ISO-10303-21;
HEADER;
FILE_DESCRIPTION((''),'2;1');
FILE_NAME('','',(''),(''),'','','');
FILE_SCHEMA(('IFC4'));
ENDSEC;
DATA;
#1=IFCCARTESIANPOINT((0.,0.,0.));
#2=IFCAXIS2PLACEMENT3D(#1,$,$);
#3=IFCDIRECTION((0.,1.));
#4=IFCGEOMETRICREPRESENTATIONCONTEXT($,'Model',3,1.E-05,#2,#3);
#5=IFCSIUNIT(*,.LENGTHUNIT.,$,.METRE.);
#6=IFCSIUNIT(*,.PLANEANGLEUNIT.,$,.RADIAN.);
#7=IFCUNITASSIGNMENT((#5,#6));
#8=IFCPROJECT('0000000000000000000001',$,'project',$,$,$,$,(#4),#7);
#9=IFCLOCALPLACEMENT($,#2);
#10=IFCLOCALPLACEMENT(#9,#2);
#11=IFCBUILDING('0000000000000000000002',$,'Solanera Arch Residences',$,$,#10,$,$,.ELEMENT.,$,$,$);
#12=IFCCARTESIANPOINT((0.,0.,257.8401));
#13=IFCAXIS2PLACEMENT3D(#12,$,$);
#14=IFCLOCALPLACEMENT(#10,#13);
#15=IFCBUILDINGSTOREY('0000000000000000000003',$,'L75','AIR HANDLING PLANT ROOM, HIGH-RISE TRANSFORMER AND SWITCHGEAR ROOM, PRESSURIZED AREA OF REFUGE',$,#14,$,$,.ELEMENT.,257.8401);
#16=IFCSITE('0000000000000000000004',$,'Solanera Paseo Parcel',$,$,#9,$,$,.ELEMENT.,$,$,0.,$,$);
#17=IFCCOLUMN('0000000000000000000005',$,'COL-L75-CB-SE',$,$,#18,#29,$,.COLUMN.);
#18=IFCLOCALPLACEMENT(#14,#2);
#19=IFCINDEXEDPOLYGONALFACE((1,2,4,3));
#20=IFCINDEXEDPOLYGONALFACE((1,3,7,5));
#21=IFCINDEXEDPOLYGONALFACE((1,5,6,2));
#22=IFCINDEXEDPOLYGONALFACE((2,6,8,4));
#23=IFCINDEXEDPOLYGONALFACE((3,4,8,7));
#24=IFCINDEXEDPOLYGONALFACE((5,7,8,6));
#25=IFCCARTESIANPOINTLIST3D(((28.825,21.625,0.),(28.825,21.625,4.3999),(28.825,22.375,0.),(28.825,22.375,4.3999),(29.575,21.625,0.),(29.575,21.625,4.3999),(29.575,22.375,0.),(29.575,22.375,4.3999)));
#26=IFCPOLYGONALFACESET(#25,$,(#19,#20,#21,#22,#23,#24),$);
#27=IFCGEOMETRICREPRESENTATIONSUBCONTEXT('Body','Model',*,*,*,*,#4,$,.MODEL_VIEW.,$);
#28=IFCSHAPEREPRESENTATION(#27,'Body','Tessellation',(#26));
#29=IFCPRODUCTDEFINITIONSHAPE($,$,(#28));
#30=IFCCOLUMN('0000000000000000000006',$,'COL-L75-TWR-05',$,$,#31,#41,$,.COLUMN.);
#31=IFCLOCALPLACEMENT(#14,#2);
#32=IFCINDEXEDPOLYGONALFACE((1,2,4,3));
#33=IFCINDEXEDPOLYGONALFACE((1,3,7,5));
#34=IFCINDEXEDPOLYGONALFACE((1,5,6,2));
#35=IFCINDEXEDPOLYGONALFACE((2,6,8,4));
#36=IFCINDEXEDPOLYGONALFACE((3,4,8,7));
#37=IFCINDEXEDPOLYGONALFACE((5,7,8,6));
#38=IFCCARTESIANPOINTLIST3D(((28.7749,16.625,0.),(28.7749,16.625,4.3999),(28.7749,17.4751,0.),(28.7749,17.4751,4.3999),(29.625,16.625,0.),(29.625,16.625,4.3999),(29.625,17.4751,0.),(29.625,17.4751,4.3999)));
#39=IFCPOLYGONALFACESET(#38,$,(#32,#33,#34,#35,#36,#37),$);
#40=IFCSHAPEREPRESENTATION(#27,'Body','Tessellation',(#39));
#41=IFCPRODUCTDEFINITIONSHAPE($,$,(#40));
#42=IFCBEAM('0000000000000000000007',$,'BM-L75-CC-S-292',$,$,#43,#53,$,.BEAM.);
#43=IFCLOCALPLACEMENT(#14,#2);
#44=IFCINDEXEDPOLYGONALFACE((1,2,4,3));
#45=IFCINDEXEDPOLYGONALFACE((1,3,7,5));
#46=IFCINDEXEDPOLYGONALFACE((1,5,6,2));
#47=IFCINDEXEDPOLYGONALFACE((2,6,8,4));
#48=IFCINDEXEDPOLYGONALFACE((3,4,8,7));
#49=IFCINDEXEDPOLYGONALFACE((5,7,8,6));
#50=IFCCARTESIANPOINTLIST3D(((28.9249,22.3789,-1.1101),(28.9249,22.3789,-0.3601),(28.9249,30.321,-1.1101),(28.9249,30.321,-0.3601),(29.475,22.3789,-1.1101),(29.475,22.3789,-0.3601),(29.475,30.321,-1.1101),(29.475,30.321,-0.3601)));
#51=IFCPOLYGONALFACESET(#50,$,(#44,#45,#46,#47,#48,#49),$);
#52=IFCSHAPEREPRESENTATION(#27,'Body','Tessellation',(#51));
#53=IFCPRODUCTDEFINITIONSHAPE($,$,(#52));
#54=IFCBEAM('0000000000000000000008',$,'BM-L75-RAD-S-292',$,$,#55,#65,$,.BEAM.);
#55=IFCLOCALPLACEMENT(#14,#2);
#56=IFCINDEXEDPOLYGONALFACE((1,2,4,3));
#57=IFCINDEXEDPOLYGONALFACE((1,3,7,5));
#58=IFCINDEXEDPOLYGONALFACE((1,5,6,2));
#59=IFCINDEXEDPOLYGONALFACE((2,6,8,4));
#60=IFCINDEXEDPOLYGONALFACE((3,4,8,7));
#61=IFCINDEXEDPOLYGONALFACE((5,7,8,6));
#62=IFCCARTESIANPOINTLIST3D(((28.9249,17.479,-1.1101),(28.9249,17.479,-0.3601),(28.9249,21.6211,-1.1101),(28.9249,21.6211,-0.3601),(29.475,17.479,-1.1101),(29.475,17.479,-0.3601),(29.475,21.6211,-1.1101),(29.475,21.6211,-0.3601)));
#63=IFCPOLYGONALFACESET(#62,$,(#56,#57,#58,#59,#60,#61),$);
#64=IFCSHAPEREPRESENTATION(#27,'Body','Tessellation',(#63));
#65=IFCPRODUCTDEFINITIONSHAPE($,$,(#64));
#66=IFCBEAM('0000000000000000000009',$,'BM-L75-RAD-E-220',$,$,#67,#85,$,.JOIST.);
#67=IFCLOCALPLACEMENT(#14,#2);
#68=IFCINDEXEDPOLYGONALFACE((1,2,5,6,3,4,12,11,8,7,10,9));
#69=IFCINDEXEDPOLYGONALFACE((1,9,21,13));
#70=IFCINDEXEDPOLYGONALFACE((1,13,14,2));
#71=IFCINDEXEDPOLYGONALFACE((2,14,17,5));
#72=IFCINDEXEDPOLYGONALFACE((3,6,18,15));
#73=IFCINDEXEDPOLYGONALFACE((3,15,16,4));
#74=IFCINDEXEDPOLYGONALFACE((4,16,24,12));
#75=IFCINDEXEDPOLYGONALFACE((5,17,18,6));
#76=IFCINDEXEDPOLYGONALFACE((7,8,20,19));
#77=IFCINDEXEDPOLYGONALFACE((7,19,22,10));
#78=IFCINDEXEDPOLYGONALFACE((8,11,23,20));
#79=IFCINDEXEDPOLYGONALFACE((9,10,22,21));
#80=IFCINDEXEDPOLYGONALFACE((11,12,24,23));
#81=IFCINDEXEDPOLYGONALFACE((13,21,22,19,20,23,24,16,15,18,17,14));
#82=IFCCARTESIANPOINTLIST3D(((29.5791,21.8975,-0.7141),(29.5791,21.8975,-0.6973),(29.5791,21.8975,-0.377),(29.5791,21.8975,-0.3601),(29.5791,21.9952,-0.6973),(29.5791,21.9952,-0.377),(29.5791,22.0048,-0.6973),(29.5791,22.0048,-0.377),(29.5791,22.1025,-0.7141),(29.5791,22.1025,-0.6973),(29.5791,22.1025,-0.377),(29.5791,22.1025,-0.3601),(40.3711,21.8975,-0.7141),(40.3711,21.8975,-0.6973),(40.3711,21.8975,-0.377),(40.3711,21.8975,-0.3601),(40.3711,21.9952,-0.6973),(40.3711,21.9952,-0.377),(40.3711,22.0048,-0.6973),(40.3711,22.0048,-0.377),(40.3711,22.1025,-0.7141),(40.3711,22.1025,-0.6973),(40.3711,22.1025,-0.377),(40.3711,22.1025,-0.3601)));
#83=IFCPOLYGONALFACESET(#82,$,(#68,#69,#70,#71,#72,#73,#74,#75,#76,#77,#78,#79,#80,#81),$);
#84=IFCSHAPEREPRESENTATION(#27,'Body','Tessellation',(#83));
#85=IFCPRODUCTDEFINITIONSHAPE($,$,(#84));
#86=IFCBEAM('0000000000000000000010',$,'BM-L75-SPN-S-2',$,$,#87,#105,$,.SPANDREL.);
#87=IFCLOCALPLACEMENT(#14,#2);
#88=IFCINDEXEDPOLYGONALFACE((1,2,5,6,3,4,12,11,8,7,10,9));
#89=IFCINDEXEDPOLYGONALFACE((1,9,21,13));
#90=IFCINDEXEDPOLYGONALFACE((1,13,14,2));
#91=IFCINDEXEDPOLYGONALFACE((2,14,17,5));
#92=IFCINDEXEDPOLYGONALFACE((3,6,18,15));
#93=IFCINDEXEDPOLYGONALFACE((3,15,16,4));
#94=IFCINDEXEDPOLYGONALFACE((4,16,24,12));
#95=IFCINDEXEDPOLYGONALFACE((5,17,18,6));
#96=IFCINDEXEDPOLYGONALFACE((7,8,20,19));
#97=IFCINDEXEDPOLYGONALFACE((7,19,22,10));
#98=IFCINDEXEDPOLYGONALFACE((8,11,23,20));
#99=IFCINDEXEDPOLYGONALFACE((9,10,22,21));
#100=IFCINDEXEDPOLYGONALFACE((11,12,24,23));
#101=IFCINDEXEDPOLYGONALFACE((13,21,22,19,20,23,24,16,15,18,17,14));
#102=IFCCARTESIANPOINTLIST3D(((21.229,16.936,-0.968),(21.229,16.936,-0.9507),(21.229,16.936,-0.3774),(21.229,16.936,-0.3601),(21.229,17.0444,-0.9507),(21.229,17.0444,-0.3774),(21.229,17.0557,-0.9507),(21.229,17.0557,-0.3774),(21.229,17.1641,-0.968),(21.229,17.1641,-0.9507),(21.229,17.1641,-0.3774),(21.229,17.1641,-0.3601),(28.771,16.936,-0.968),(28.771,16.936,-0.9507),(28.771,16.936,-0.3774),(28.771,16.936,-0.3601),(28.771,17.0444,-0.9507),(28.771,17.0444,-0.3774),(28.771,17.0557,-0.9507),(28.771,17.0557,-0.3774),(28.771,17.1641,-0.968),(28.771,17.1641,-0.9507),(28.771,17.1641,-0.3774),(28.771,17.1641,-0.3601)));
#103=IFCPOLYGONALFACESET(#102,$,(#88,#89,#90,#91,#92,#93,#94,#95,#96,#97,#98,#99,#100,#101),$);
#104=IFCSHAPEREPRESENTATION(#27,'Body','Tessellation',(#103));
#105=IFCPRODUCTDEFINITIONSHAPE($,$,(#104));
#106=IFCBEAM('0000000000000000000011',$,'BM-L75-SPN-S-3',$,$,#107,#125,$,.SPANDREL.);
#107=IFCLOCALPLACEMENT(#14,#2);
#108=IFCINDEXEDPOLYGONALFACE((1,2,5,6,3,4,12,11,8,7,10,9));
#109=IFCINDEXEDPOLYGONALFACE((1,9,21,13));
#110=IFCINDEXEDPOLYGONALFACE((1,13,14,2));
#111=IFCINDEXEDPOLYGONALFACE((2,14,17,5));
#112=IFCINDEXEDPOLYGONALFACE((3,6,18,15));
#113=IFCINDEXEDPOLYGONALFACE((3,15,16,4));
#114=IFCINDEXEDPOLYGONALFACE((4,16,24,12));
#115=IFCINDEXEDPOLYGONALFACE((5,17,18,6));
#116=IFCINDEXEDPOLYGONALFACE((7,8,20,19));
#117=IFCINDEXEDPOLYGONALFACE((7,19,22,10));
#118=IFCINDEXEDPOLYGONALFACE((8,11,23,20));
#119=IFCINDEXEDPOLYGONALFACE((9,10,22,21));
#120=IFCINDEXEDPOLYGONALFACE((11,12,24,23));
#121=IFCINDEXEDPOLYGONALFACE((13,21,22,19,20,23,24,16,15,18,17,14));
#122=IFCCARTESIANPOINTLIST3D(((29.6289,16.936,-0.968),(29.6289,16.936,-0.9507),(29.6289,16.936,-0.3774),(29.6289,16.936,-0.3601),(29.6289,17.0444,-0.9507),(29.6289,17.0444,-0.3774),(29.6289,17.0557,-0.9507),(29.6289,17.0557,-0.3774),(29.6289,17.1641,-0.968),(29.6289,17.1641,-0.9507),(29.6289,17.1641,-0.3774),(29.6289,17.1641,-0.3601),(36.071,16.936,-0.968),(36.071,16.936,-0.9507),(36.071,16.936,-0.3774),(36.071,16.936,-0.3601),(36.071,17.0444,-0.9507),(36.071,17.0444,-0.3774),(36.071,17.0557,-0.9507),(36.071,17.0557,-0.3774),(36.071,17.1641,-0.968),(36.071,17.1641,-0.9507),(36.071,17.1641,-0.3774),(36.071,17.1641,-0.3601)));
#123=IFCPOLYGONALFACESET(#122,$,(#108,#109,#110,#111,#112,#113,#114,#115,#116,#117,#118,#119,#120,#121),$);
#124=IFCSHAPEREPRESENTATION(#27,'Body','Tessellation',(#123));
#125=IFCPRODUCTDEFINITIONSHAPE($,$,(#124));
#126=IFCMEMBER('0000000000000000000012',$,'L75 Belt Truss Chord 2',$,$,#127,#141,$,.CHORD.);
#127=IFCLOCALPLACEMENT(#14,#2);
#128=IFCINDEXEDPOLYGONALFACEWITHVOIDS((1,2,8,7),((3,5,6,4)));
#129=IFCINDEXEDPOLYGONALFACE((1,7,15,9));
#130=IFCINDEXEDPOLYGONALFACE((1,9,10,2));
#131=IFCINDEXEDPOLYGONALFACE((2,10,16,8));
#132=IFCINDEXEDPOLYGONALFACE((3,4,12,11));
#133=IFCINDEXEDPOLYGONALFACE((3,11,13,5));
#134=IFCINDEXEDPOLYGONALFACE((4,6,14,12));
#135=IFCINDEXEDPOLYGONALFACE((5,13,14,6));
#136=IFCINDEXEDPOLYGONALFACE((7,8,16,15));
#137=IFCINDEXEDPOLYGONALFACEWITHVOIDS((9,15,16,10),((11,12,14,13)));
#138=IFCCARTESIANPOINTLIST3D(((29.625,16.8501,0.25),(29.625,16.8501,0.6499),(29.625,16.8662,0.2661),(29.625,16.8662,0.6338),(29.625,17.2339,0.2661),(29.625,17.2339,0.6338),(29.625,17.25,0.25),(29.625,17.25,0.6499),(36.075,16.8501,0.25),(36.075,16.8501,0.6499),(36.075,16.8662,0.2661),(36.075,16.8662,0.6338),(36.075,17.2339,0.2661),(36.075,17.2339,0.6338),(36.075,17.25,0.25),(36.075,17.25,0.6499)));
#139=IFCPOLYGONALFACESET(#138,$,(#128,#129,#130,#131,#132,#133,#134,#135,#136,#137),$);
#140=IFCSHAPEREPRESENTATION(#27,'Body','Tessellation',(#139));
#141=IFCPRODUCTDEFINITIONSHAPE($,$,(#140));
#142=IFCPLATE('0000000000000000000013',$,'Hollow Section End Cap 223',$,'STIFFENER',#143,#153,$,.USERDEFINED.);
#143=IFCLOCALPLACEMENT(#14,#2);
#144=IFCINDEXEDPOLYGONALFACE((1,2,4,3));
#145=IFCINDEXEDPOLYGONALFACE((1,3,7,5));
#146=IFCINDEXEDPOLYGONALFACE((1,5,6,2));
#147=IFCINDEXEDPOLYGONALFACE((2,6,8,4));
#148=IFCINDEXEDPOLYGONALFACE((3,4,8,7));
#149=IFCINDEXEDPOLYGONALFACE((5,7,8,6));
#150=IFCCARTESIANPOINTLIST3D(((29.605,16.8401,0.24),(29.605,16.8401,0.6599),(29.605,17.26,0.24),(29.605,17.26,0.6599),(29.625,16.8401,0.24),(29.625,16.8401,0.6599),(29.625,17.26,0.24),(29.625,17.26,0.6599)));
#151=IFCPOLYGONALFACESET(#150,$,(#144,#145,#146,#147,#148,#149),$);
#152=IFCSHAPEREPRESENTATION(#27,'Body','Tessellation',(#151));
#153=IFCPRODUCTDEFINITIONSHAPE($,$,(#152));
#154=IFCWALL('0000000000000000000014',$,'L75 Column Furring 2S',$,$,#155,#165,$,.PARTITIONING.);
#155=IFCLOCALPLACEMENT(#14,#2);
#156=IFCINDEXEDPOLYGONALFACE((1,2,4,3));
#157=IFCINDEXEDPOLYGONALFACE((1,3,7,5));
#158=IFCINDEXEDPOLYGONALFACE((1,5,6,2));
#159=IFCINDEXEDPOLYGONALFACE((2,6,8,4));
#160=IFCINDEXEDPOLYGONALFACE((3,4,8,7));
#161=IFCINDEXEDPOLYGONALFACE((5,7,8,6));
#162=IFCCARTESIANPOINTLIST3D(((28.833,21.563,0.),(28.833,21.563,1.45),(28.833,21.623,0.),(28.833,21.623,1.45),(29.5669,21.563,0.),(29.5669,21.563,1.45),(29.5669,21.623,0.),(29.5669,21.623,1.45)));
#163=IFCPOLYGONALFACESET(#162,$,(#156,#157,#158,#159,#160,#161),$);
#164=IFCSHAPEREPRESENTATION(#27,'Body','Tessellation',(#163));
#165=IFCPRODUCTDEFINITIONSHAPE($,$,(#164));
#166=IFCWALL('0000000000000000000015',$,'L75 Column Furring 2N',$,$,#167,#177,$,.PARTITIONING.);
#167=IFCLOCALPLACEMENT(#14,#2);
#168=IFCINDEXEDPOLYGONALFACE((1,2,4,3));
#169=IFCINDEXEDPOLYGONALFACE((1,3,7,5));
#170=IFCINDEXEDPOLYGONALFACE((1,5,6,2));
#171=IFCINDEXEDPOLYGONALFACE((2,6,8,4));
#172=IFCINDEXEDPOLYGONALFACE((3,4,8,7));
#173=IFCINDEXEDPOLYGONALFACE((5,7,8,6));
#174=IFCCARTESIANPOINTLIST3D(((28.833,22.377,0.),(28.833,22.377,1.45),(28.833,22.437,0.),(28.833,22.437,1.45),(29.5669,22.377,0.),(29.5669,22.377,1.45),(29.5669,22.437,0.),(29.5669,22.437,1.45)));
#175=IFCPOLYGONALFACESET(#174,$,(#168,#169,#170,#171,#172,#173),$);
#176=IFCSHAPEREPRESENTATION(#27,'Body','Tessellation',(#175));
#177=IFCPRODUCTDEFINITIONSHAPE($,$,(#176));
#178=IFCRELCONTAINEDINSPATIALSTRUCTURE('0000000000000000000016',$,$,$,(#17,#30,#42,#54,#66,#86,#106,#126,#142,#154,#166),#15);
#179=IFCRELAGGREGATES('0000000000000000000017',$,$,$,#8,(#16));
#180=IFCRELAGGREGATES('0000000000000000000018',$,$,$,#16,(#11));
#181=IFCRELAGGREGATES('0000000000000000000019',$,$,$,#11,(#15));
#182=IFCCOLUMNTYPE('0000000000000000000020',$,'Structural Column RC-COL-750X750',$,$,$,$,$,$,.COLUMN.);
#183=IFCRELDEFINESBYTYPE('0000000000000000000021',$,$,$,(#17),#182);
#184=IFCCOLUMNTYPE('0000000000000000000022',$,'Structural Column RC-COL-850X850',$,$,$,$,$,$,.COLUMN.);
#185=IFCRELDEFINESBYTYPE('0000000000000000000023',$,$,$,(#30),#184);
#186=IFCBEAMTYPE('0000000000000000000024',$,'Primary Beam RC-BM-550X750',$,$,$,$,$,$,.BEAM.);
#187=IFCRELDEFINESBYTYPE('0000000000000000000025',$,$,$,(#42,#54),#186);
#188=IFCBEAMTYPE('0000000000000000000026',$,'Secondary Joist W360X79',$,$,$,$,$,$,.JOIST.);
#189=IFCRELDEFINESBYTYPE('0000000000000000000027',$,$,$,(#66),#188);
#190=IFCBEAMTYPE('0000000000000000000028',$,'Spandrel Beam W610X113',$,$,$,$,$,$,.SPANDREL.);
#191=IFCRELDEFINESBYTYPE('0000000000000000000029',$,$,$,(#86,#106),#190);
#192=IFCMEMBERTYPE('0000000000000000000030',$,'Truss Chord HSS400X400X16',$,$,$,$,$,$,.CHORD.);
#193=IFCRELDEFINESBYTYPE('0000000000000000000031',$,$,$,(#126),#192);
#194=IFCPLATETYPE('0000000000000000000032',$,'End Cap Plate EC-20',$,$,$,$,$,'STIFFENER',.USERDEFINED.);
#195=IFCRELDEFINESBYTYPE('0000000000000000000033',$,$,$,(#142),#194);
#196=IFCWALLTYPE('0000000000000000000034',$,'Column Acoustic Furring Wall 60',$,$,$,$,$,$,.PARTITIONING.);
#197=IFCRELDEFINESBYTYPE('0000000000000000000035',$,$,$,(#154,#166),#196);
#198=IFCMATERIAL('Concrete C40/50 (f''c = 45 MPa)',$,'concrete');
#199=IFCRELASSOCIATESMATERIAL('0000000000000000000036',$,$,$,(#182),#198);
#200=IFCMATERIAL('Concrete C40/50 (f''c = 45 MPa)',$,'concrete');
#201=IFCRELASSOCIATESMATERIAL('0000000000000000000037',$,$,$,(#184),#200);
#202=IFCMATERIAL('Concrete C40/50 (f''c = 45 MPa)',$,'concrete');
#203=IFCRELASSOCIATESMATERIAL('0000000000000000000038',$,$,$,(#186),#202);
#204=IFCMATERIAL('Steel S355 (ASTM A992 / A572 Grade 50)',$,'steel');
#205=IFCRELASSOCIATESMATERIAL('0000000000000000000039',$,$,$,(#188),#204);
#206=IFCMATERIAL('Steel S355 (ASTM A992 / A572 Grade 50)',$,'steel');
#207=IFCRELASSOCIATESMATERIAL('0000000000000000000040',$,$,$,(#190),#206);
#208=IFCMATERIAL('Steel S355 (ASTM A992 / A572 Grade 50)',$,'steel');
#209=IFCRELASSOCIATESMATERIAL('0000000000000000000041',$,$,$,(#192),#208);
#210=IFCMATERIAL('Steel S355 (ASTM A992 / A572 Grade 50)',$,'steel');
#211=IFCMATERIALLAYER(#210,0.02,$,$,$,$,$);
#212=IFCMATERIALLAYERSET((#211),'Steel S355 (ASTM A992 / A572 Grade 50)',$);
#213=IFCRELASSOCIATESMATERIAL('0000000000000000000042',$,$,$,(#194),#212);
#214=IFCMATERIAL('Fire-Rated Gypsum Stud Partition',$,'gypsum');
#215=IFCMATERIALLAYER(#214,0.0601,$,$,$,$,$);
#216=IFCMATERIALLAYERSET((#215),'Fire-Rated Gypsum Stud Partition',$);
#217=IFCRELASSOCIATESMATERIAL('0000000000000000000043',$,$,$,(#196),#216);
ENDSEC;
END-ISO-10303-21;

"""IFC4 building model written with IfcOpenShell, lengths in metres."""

from ifc_helpers import new_model, si_unit, direction, frame, frame_2d, origin, origin_2d, place, context, subcontext, project, spatial, rectangle, hollow_rectangle, i_section, extrude, material, layer, layer_set, material_profile, profile_set, type_object, element, save


model = new_model("IFC4")

# Units and contexts
model_context = context("Model", 3, precision=1e-05, world=origin(), true_north=direction((0.0, 1.0)))
body_context = subcontext(model_context, "Body", "Model", "MODEL_VIEW")
ifc_project = project(units=[si_unit("LENGTHUNIT", "METRE"), si_unit("PLANEANGLEUNIT", "RADIAN")], contexts=[model_context])

# Site, building, storey
site_placement = place(None, origin())
site = spatial("IfcSite", under=ifc_project, at=site_placement, Name="Solanera Paseo Parcel", CompositionType="ELEMENT", RefElevation=0.0)
building_placement = place(site_placement, origin())
building = spatial("IfcBuilding", under=site, at=building_placement, Name="Solanera Arch Residences", CompositionType="ELEMENT")
storey_placement = place(building_placement, frame((0.0, 0.0, 257.8401)))
storey = spatial("IfcBuildingStorey", under=building, at=storey_placement, Name="L75", Description="AIR HANDLING PLANT ROOM, HIGH-RISE TRANSFORMER AND SWITCHGEAR ROOM, PRESSURIZED AREA OF REFUGE", CompositionType="ELEMENT", Elevation=257.8401)

# Columns
ifc_material_1 = material(Name="Concrete C40/50 (f'c = 45 MPa)", Category="concrete")
ifc_material_profile_1 = material_profile(ifc_material_1, rectangle(XDim=0.75, YDim=0.75, at=origin_2d()))
ifc_profile_set_1 = profile_set([ifc_material_profile_1], Name="Concrete C40/50 (f'c = 45 MPa)")
column_type_1 = type_object("IfcColumnType", Name="Structural Column RC-COL-750X750", PredefinedType="COLUMN", material=ifc_profile_set_1)
column_1_placement = place(storey_placement, frame((29.2, 22.0, 0.0), z_axis=(0.0, 0.0, 1.0), x_axis=(1.0, 0.0, 0.0)))
element("IfcColumn", 1, at=column_1_placement, inside=storey, type_object=column_type_1, Name="COL-L75-CB-SE", PredefinedType="COLUMN", context=body_context, shape_type="SweptSolid", body=[
    extrude(rectangle(XDim=0.75, YDim=0.75, at=origin_2d()), origin(), (0.0, 0.0, 1.0), 4.3999),
])
ifc_material_2 = material(Name="Concrete C40/50 (f'c = 45 MPa)", Category="concrete")
ifc_material_profile_2 = material_profile(ifc_material_2, rectangle(XDim=0.8501, YDim=0.8501, at=origin_2d()))
ifc_profile_set_2 = profile_set([ifc_material_profile_2], Name="Concrete C40/50 (f'c = 45 MPa)")
column_type_2 = type_object("IfcColumnType", Name="Structural Column RC-COL-850X850", PredefinedType="COLUMN", material=ifc_profile_set_2)
column_2_placement = place(storey_placement, frame((29.2, 17.05, 0.0), z_axis=(0.0, 0.0, 1.0), x_axis=(1.0, 0.0, 0.0)))
element("IfcColumn", 2, at=column_2_placement, inside=storey, type_object=column_type_2, Name="COL-L75-TWR-05", PredefinedType="COLUMN", context=body_context, shape_type="SweptSolid", body=[
    extrude(rectangle(XDim=0.8501, YDim=0.8501, at=origin_2d()), origin(), (0.0, 0.0, 1.0), 4.3999),
])

# Beams
ifc_material_3 = material(Name="Concrete C40/50 (f'c = 45 MPa)", Category="concrete")
ifc_material_profile_3 = material_profile(ifc_material_3, rectangle(XDim=0.55, YDim=0.75, at=origin_2d()))
ifc_profile_set_3 = profile_set([ifc_material_profile_3], Name="Concrete C40/50 (f'c = 45 MPa)")
beam_type_1 = type_object("IfcBeamType", Name="Primary Beam RC-BM-550X750", PredefinedType="BEAM", material=ifc_profile_set_3)
beam_1_placement = place(storey_placement, frame((29.2, 22.3789, -0.7351), z_axis=(0.0, 1.0, 0.0), x_axis=(-1.0, 0.0, 0.0)))
element("IfcBeam", 3, at=beam_1_placement, inside=storey, type_object=beam_type_1, Name="BM-L75-CC-S-292", PredefinedType="BEAM", context=body_context, shape_type="SweptSolid", body=[
    extrude(rectangle(XDim=0.55, YDim=0.75, at=origin_2d()), origin(), (0.0, 0.0, 1.0), 7.9421),
])
beam_2_placement = place(storey_placement, frame((29.2, 17.479, -0.7351), z_axis=(0.0, 1.0, 0.0), x_axis=(-1.0, 0.0, 0.0)))
element("IfcBeam", 4, at=beam_2_placement, inside=storey, type_object=beam_type_1, Name="BM-L75-RAD-S-292", PredefinedType="BEAM", context=body_context, shape_type="SweptSolid", body=[
    extrude(rectangle(XDim=0.55, YDim=0.75, at=origin_2d()), origin(), (0.0, 0.0, 1.0), 4.1421),
])
ifc_material_4 = material(Name="Steel S355 (ASTM A992 / A572 Grade 50)", Category="steel")
ifc_material_profile_4 = material_profile(ifc_material_4, i_section(OverallWidth=0.2051, OverallDepth=0.354, WebThickness=0.0095, FlangeThickness=0.0168, at=origin_2d()))
ifc_profile_set_4 = profile_set([ifc_material_profile_4], Name="Steel S355 (ASTM A992 / A572 Grade 50)")
beam_type_2 = type_object("IfcBeamType", Name="Secondary Joist W360X79", PredefinedType="JOIST", material=ifc_profile_set_4)
beam_3_placement = place(storey_placement, frame((29.5791, 22.0, -0.5371), z_axis=(1.0, 0.0, 0.0), x_axis=(0.0, 1.0, 0.0)))
element("IfcBeam", 5, at=beam_3_placement, inside=storey, type_object=beam_type_2, Name="BM-L75-RAD-E-220", PredefinedType="JOIST", context=body_context, shape_type="SweptSolid", body=[
    extrude(i_section(OverallWidth=0.2051, OverallDepth=0.354, WebThickness=0.0095, FlangeThickness=0.0168, at=origin_2d()), origin(), (0.0, 0.0, 1.0), 10.792),
])
ifc_material_5 = material(Name="Steel S355 (ASTM A992 / A572 Grade 50)", Category="steel")
ifc_material_profile_5 = material_profile(ifc_material_5, i_section(OverallWidth=0.228, OverallDepth=0.6079, WebThickness=0.0112, FlangeThickness=0.0173, at=origin_2d()))
ifc_profile_set_5 = profile_set([ifc_material_profile_5], Name="Steel S355 (ASTM A992 / A572 Grade 50)")
beam_type_3 = type_object("IfcBeamType", Name="Spandrel Beam W610X113", PredefinedType="SPANDREL", material=ifc_profile_set_5)
beam_4_placement = place(storey_placement, frame((21.229, 17.05, -0.6641), z_axis=(1.0, 0.0, 0.0), x_axis=(0.0, 1.0, 0.0)))
element("IfcBeam", 6, at=beam_4_placement, inside=storey, type_object=beam_type_3, Name="BM-L75-SPN-S-2", PredefinedType="SPANDREL", context=body_context, shape_type="SweptSolid", body=[
    extrude(i_section(OverallWidth=0.228, OverallDepth=0.6079, WebThickness=0.0112, FlangeThickness=0.0173, at=origin_2d()), origin(), (0.0, 0.0, 1.0), 7.542),
])
beam_5_placement = place(storey_placement, frame((29.6289, 17.05, -0.6641), z_axis=(1.0, 0.0, 0.0), x_axis=(0.0, 1.0, 0.0)))
element("IfcBeam", 7, at=beam_5_placement, inside=storey, type_object=beam_type_3, Name="BM-L75-SPN-S-3", PredefinedType="SPANDREL", context=body_context, shape_type="SweptSolid", body=[
    extrude(i_section(OverallWidth=0.228, OverallDepth=0.6079, WebThickness=0.0112, FlangeThickness=0.0173, at=origin_2d()), origin(), (0.0, 0.0, 1.0), 6.4421),
])

# Member
ifc_material_6 = material(Name="Steel S355 (ASTM A992 / A572 Grade 50)", Category="steel")
ifc_material_profile_6 = material_profile(ifc_material_6, hollow_rectangle(XDim=0.3999, YDim=0.3999, WallThickness=0.0161, at=origin_2d()))
ifc_profile_set_6 = profile_set([ifc_material_profile_6], Name="Steel S355 (ASTM A992 / A572 Grade 50)")
member_type = type_object("IfcMemberType", Name="Truss Chord HSS400X400X16", PredefinedType="CHORD", material=ifc_profile_set_6)
member_placement = place(storey_placement, frame((29.625, 17.05, 0.45), z_axis=(1.0, 0.0, 0.0), x_axis=(0.0, 1.0, 0.0)))
element("IfcMember", 8, at=member_placement, inside=storey, type_object=member_type, Name="L75 Belt Truss Chord 2", PredefinedType="CHORD", context=body_context, shape_type="SweptSolid", body=[
    extrude(hollow_rectangle(XDim=0.3999, YDim=0.3999, WallThickness=0.0161, at=origin_2d()), origin(), (0.0, 0.0, 1.0), 6.45),
])

# Plate
ifc_material_7 = material(Name="Steel S355 (ASTM A992 / A572 Grade 50)", Category="steel")
ifc_layer_1 = layer(ifc_material_7, 0.02)
ifc_layer_set_1 = layer_set([ifc_layer_1], Name="Steel S355 (ASTM A992 / A572 Grade 50)")
plate_type = type_object("IfcPlateType", Name="End Cap Plate EC-20", ElementType="STIFFENER", PredefinedType="USERDEFINED", material=ifc_layer_set_1)
plate_placement = place(storey_placement, frame((29.615, 17.05, 0.24), z_axis=(0.0, 0.0, 1.0), x_axis=(-1.0, 0.0, 0.0)))
element("IfcPlate", 9, at=plate_placement, inside=storey, type_object=plate_type, Name="Hollow Section End Cap 223", ObjectType="STIFFENER", PredefinedType="USERDEFINED", context=body_context, shape_type="SweptSolid", body=[
    extrude(rectangle(XDim=0.02, YDim=0.4199, at=origin_2d()), origin(), (0.0, 0.0, 1.0), 0.4199),
])

# Walls
ifc_material_8 = material(Name="Fire-Rated Gypsum Stud Partition", Category="gypsum")
ifc_layer_2 = layer(ifc_material_8, 0.0601)
ifc_layer_set_2 = layer_set([ifc_layer_2], Name="Fire-Rated Gypsum Stud Partition")
wall_type_1 = type_object("IfcWallType", Name="Column Acoustic Furring Wall 60", PredefinedType="PARTITIONING", material=ifc_layer_set_2)
for number, where, z_axis, x_axis, name in (
    (10, (28.833, 21.593, 0.0), (0.0, 0.0, 1.0), (1.0, 0.0, 0.0), "L75 Column Furring 2S"),
    (11, (28.833, 22.407, 0.0), (0.0, 0.0, 1.0), (1.0, 0.0, 0.0), "L75 Column Furring 2N"),
):
    element("IfcWall", number, at=place(storey_placement, frame(where, z_axis=z_axis, x_axis=x_axis)), inside=storey, type_object=wall_type_1, Name=name, PredefinedType="PARTITIONING", context=body_context, shape_type="SweptSolid", body=[
        extrude(rectangle(XDim=0.7339, YDim=0.0601, at=frame_2d((0.3669, 0.0))), origin(), (0.0, 0.0, 1.0), 1.45),
    ])

save(model, "model.ifc")
